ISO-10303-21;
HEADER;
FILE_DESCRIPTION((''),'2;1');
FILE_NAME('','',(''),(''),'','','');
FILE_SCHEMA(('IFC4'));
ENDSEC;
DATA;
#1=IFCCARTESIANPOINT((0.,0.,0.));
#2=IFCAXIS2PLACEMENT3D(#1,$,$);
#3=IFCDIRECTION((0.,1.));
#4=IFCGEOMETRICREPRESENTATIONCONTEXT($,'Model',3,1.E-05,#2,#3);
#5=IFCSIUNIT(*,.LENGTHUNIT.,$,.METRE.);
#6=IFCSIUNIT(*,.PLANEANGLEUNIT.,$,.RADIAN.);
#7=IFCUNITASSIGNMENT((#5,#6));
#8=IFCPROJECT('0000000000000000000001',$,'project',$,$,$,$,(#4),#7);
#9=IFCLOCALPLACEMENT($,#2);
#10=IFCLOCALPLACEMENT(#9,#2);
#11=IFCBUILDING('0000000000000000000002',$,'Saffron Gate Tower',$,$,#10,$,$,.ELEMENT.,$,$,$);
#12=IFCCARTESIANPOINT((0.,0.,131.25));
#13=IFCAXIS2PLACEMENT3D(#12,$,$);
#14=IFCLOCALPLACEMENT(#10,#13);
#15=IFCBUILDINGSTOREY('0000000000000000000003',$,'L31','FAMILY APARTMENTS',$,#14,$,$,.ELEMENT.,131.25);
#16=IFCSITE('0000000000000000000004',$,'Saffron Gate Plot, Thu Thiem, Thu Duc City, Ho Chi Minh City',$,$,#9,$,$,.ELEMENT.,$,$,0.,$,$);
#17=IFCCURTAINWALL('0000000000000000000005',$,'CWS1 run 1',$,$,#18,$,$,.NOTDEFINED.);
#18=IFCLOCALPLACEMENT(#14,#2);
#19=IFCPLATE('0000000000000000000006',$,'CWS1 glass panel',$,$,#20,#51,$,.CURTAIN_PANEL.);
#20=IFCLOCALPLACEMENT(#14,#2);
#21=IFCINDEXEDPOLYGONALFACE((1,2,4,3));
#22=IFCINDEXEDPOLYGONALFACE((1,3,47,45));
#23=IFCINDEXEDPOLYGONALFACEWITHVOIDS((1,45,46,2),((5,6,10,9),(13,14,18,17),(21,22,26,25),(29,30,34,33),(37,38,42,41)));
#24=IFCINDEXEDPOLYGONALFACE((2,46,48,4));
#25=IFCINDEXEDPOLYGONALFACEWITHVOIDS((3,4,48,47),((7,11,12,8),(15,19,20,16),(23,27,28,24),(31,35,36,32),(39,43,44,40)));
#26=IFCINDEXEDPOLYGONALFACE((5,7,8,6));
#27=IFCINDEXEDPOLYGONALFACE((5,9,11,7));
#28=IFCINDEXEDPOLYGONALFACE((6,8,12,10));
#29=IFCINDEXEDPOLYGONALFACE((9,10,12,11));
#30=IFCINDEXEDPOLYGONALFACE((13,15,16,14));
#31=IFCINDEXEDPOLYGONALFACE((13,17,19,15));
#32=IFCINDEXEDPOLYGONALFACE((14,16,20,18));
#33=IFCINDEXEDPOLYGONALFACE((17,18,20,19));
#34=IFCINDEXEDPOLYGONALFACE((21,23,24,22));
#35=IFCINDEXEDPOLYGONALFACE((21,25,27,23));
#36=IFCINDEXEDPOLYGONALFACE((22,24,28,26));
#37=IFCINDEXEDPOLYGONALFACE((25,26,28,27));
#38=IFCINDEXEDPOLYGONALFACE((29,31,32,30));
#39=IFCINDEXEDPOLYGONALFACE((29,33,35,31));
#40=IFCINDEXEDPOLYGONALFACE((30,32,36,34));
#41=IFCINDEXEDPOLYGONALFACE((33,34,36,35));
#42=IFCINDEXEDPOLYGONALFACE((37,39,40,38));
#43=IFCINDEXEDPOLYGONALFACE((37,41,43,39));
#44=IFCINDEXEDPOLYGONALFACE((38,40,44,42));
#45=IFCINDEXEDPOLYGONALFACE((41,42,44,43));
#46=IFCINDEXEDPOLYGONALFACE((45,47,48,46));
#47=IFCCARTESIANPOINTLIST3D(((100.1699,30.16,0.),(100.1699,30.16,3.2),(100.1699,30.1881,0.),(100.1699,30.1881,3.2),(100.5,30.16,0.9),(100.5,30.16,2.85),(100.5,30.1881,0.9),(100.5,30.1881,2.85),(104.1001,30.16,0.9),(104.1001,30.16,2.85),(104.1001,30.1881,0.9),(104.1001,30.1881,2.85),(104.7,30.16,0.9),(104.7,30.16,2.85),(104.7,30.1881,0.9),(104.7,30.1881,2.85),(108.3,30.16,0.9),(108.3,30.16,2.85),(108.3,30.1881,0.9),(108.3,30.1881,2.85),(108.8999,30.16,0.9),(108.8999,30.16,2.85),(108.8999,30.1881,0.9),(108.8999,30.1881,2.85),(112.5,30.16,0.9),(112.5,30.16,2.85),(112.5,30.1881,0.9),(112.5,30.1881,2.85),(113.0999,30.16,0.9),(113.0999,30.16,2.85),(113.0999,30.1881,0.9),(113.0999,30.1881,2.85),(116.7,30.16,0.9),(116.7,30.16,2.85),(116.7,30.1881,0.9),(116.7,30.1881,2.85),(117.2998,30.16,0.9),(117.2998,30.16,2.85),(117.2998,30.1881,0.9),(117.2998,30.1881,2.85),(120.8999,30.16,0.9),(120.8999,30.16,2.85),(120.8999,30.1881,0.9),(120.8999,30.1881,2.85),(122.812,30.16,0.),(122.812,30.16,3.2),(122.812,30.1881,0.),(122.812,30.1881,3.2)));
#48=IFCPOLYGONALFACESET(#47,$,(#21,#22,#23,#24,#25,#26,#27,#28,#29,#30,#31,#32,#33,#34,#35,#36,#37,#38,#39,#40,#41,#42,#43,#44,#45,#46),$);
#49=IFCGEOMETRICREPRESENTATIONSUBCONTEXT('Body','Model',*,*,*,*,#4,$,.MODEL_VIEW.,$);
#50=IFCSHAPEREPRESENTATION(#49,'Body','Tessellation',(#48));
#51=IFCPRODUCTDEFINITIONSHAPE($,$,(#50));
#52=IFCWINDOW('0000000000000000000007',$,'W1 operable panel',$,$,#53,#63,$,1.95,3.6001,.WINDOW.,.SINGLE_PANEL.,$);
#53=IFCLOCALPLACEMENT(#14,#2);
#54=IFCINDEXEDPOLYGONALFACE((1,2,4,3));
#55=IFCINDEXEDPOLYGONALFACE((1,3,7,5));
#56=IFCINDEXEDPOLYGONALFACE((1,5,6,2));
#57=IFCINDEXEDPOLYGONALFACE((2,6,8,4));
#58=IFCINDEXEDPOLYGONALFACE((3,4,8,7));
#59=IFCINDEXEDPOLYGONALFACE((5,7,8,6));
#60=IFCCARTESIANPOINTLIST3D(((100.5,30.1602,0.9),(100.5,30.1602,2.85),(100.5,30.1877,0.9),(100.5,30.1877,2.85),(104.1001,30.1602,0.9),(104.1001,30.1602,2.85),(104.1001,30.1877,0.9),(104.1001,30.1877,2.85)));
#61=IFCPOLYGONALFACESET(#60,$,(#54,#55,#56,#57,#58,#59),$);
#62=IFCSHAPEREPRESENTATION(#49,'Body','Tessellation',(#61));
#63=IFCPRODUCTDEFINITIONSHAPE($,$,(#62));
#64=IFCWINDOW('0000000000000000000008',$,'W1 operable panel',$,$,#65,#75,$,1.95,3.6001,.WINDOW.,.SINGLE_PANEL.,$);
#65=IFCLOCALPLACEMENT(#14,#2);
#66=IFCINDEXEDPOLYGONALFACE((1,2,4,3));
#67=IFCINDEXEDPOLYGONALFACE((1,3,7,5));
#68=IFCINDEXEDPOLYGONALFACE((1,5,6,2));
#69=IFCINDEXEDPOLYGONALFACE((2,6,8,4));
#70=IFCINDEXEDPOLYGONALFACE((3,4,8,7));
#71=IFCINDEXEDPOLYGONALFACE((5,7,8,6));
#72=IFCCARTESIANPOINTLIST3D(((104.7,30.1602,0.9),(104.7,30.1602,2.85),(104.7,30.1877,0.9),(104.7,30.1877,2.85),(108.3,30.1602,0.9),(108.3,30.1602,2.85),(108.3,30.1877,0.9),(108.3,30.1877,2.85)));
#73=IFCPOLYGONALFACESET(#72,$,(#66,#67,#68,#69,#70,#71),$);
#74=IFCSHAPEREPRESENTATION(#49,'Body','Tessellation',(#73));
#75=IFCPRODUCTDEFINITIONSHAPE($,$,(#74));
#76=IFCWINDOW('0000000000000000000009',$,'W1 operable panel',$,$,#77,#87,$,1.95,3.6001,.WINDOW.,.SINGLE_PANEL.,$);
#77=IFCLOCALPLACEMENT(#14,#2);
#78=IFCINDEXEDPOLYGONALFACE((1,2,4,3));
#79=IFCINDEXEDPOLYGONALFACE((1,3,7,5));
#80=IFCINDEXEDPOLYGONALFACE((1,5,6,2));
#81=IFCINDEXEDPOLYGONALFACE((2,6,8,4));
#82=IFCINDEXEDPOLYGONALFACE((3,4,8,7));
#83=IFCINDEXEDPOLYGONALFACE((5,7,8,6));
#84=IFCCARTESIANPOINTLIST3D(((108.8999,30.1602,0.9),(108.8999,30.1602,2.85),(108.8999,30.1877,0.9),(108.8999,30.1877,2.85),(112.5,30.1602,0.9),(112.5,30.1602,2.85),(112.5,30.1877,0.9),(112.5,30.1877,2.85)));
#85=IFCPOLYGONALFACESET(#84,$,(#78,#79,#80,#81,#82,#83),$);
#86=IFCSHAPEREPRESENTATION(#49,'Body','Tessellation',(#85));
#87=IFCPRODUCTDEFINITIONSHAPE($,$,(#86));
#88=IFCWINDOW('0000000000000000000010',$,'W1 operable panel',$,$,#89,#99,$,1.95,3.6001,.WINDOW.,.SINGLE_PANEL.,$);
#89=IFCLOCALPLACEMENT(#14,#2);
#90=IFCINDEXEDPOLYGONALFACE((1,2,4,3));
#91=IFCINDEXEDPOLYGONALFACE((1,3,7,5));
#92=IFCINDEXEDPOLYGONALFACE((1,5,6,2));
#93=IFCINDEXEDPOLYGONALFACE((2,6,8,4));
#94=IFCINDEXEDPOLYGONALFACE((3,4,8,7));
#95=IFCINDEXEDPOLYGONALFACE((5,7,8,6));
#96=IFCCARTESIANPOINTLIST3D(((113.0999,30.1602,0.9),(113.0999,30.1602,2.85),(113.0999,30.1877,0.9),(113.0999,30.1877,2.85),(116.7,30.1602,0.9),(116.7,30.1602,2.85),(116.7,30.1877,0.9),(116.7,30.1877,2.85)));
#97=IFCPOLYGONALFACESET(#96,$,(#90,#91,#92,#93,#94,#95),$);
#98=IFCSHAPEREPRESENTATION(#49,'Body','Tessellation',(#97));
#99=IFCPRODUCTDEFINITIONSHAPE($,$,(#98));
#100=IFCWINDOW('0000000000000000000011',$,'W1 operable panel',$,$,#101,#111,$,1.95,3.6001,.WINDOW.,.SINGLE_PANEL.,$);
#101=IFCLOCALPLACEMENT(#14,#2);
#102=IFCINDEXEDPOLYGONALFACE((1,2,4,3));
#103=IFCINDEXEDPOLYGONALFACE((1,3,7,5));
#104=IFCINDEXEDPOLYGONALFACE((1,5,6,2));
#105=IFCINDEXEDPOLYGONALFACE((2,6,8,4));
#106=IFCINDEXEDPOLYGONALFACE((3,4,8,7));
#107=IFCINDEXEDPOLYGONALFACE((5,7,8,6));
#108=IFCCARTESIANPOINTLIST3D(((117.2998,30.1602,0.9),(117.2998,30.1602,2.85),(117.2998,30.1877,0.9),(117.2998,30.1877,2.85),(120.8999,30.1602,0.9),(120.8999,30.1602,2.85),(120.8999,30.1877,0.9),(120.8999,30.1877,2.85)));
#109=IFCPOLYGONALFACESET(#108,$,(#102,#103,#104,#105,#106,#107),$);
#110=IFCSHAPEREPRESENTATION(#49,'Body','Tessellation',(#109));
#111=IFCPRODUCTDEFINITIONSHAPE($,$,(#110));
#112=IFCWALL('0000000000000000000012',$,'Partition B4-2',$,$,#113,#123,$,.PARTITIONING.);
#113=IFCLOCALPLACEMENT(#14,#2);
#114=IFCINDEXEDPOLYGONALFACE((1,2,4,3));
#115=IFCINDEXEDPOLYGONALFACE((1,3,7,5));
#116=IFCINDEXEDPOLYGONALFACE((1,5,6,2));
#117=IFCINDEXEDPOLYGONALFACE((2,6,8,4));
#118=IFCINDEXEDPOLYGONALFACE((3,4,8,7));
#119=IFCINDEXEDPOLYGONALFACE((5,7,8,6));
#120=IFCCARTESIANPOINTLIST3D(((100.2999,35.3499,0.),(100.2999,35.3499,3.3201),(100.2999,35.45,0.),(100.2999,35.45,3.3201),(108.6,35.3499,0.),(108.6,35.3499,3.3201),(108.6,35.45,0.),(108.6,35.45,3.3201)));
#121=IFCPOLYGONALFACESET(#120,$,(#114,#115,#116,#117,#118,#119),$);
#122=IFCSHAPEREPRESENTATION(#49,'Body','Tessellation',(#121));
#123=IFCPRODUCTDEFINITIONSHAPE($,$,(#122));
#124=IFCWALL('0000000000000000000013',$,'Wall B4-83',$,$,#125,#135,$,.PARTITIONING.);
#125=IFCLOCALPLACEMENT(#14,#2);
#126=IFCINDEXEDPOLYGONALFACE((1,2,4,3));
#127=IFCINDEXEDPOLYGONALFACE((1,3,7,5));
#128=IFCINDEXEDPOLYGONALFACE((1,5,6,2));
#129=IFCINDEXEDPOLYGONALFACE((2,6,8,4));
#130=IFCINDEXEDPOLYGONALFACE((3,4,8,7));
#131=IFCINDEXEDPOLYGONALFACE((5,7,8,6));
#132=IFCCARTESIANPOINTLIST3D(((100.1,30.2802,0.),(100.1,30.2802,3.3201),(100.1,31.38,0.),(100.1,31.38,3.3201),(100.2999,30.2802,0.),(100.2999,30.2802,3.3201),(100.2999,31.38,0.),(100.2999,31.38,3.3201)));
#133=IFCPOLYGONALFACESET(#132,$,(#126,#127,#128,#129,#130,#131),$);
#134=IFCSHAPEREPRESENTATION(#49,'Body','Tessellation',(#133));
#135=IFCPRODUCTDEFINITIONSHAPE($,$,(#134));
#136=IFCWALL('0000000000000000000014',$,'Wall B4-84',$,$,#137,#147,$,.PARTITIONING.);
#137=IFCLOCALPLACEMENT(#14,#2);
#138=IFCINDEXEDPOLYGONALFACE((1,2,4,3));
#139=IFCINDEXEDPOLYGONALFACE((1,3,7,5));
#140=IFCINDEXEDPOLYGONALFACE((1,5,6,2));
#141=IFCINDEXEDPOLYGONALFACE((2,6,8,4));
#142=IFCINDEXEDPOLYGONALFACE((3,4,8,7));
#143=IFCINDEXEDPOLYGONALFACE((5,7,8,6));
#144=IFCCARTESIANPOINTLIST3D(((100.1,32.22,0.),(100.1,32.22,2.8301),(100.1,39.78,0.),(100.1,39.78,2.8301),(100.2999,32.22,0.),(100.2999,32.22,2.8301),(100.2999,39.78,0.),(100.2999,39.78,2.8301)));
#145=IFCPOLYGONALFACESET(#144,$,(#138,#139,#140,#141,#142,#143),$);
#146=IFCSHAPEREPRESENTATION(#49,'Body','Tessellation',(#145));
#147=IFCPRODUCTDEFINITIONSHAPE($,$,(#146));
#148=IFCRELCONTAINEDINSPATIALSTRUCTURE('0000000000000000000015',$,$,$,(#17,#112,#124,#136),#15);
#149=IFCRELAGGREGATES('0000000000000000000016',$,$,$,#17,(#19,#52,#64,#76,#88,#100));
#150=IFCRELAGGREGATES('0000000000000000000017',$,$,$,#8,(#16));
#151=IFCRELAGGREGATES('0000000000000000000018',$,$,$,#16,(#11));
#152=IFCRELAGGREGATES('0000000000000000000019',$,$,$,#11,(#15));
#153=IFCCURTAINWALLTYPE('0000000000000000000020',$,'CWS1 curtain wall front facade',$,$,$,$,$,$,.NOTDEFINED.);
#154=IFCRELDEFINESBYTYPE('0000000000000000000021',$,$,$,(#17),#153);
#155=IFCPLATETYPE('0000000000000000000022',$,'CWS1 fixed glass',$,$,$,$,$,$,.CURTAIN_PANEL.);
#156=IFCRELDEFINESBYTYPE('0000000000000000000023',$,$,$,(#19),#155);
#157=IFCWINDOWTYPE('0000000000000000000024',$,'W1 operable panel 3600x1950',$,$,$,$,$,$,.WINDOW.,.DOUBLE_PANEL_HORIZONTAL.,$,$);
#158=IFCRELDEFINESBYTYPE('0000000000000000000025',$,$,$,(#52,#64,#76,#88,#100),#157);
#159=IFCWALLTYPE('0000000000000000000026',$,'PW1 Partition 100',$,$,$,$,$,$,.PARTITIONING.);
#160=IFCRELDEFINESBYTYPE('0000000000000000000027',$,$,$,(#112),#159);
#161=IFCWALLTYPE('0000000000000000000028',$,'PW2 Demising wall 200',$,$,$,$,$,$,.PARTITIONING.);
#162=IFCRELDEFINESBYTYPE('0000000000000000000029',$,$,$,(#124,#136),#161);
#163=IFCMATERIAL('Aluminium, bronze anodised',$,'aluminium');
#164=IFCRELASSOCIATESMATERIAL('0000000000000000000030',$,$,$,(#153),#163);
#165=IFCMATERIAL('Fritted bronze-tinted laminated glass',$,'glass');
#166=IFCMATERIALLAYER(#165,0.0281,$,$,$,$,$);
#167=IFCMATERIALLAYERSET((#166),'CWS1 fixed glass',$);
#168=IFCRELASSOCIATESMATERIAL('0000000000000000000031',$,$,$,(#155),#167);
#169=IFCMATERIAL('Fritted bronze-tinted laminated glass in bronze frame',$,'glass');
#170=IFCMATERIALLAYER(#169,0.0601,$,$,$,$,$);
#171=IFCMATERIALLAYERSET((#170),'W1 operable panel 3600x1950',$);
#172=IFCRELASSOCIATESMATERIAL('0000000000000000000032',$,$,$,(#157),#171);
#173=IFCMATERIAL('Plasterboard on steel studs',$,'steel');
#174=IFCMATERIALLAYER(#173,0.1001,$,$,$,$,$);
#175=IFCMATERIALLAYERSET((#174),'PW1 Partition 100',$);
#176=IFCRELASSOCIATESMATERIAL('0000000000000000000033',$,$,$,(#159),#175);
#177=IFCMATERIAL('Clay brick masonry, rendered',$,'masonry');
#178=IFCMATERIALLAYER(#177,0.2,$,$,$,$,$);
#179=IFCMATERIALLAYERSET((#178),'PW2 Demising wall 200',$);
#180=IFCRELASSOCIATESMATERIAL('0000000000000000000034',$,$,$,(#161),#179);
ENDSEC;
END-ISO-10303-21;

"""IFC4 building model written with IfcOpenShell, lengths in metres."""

from ifc_helpers import new_model, si_unit, direction, frame, frame_2d, origin, place, context, subcontext, project, spatial, rectangle, extrude, material, layer, layer_set, type_object, element, fill, aggregate, save


model = new_model("IFC4")

# Units and contexts
model_context = context("Model", 3, precision=1e-05, world=origin(), true_north=direction((0.0, 1.0)))
body_context = subcontext(model_context, "Body", "Model", "MODEL_VIEW")
ifc_project = project(units=[si_unit("LENGTHUNIT", "METRE"), si_unit("PLANEANGLEUNIT", "RADIAN")], contexts=[model_context])

# Site, building, storey
site_placement = place(None, origin())
site = spatial("IfcSite", under=ifc_project, at=site_placement, Name="Saffron Gate Plot, Thu Thiem, Thu Duc City, Ho Chi Minh City", CompositionType="ELEMENT", RefElevation=0.0)
building_placement = place(site_placement, origin())
building = spatial("IfcBuilding", under=site, at=building_placement, Name="Saffron Gate Tower", CompositionType="ELEMENT")
storey_placement = place(building_placement, frame((0.0, 0.0, 131.25)))
storey = spatial("IfcBuildingStorey", under=building, at=storey_placement, Name="L31", Description="FAMILY APARTMENTS", CompositionType="ELEMENT", Elevation=131.25)

# Curtain wall, plate, openings, windows
ifc_material_1 = material(Name="Aluminium, bronze anodised", Category="aluminium")
curtain_wall_type = type_object("IfcCurtainWallType", Name="CWS1 curtain wall front facade", PredefinedType="NOTDEFINED", material=ifc_material_1)
curtain_wall_placement = place(storey_placement, origin())
curtain_wall = element("IfcCurtainWall", 1, at=curtain_wall_placement, inside=storey, type_object=curtain_wall_type, Name="CWS1 run 1", PredefinedType="NOTDEFINED")
ifc_material_2 = material(Name="Fritted bronze-tinted laminated glass", Category="glass")
ifc_layer_1 = layer(ifc_material_2, 0.0281)
ifc_layer_set_1 = layer_set([ifc_layer_1], Name="CWS1 fixed glass")
plate_type = type_object("IfcPlateType", Name="CWS1 fixed glass", PredefinedType="CURTAIN_PANEL", material=ifc_layer_set_1)
plate_placement = place(storey_placement, frame((100.1699, 30.1741, 0.0), z_axis=(0.0, 0.0, 1.0), x_axis=(1.0, 0.0, 0.0)))
plate = element("IfcPlate", 2, at=plate_placement, type_object=plate_type, Name="CWS1 glass panel", PredefinedType="CURTAIN_PANEL", context=body_context, shape_type="SweptSolid", body=[
    extrude(rectangle(XDim=22.6421, YDim=0.0281, at=frame_2d((11.321, 0.0))), origin(), (0.0, 0.0, 1.0), 3.2),
])
opening_1_placement = place(plate_placement, frame((0.3301, 0.0, 0.8999)))
opening_1 = element("IfcOpeningElement", 3, at=opening_1_placement, cuts=plate, PredefinedType="OPENING", context=body_context, shape_type="SweptSolid", body=[
    extrude(rectangle(XDim=3.6001, YDim=1.95, at=frame_2d((1.8, 0.9751))), frame((0.0, 0.0239, 0.0), z_axis=(0.0, -1.0, 0.0), x_axis=(1.0, 0.0, 0.0)), (0.0, 0.0, 1.0), 0.0481),
])
opening_2_placement = place(plate_placement, frame((4.53, 0.0, 0.8999)))
opening_2 = element("IfcOpeningElement", 4, at=opening_2_placement, cuts=plate, PredefinedType="OPENING", context=body_context, shape_type="SweptSolid", body=[
    extrude(rectangle(XDim=3.6001, YDim=1.95, at=frame_2d((1.8, 0.9751))), frame((0.0, 0.0239, 0.0), z_axis=(0.0, -1.0, 0.0), x_axis=(1.0, 0.0, 0.0)), (0.0, 0.0, 1.0), 0.0481),
])
opening_3_placement = place(plate_placement, frame((8.73, 0.0, 0.8999)))
opening_3 = element("IfcOpeningElement", 5, at=opening_3_placement, cuts=plate, PredefinedType="OPENING", context=body_context, shape_type="SweptSolid", body=[
    extrude(rectangle(XDim=3.6001, YDim=1.95, at=frame_2d((1.8, 0.9751))), frame((0.0, 0.0239, 0.0), z_axis=(0.0, -1.0, 0.0), x_axis=(1.0, 0.0, 0.0)), (0.0, 0.0, 1.0), 0.0481),
])
opening_4_placement = place(plate_placement, frame((12.9299, 0.0, 0.8999)))
opening_4 = element("IfcOpeningElement", 6, at=opening_4_placement, cuts=plate, PredefinedType="OPENING", context=body_context, shape_type="SweptSolid", body=[
    extrude(rectangle(XDim=3.6001, YDim=1.95, at=frame_2d((1.8, 0.9751))), frame((0.0, 0.0239, 0.0), z_axis=(0.0, -1.0, 0.0), x_axis=(1.0, 0.0, 0.0)), (0.0, 0.0, 1.0), 0.0481),
])
opening_5_placement = place(plate_placement, frame((17.1299, 0.0, 0.8999)))
opening_5 = element("IfcOpeningElement", 7, at=opening_5_placement, cuts=plate, PredefinedType="OPENING", context=body_context, shape_type="SweptSolid", body=[
    extrude(rectangle(XDim=3.6001, YDim=1.95, at=frame_2d((1.8, 0.9751))), frame((0.0, 0.0239, 0.0), z_axis=(0.0, -1.0, 0.0), x_axis=(1.0, 0.0, 0.0)), (0.0, 0.0, 1.0), 0.0481),
])
ifc_material_3 = material(Name="Fritted bronze-tinted laminated glass in bronze frame", Category="glass")
ifc_layer_2 = layer(ifc_material_3, 0.0601)
ifc_layer_set_2 = layer_set([ifc_layer_2], Name="W1 operable panel 3600x1950")
window_type = type_object("IfcWindowType", Name="W1 operable panel 3600x1950", PartitioningType="DOUBLE_PANEL_HORIZONTAL", PredefinedType="WINDOW", material=ifc_layer_set_2)
window_1_placement = place(opening_1_placement, origin())
window_1 = element("IfcWindow", 8, at=window_1_placement, type_object=window_type, Name="W1 operable panel", OverallHeight=1.95, OverallWidth=3.6001, PartitioningType="SINGLE_PANEL", PredefinedType="WINDOW", context=body_context, shape_type="SweptSolid", body=[
    extrude(rectangle(XDim=3.6001, YDim=1.95, at=frame_2d((1.8, 0.9751))), frame((0.0, 0.0137, 0.0), z_axis=(0.0, -1.0, 0.0), x_axis=(1.0, 0.0, 0.0)), (0.0, 0.0, 1.0), 0.0276),
])
fill(opening_1, window_1)
window_2_placement = place(opening_2_placement, origin())
window_2 = element("IfcWindow", 9, at=window_2_placement, type_object=window_type, Name="W1 operable panel", OverallHeight=1.95, OverallWidth=3.6001, PartitioningType="SINGLE_PANEL", PredefinedType="WINDOW", context=body_context, shape_type="SweptSolid", body=[
    extrude(rectangle(XDim=3.6001, YDim=1.95, at=frame_2d((1.8, 0.9751))), frame((0.0, 0.0137, 0.0), z_axis=(0.0, -1.0, 0.0), x_axis=(1.0, 0.0, 0.0)), (0.0, 0.0, 1.0), 0.0276),
])
fill(opening_2, window_2)
window_3_placement = place(opening_3_placement, origin())
window_3 = element("IfcWindow", 10, at=window_3_placement, type_object=window_type, Name="W1 operable panel", OverallHeight=1.95, OverallWidth=3.6001, PartitioningType="SINGLE_PANEL", PredefinedType="WINDOW", context=body_context, shape_type="SweptSolid", body=[
    extrude(rectangle(XDim=3.6001, YDim=1.95, at=frame_2d((1.8, 0.9751))), frame((0.0, 0.0137, 0.0), z_axis=(0.0, -1.0, 0.0), x_axis=(1.0, 0.0, 0.0)), (0.0, 0.0, 1.0), 0.0276),
])
fill(opening_3, window_3)
window_4_placement = place(opening_4_placement, origin())
window_4 = element("IfcWindow", 11, at=window_4_placement, type_object=window_type, Name="W1 operable panel", OverallHeight=1.95, OverallWidth=3.6001, PartitioningType="SINGLE_PANEL", PredefinedType="WINDOW", context=body_context, shape_type="SweptSolid", body=[
    extrude(rectangle(XDim=3.6001, YDim=1.95, at=frame_2d((1.8, 0.9751))), frame((0.0, 0.0137, 0.0), z_axis=(0.0, -1.0, 0.0), x_axis=(1.0, 0.0, 0.0)), (0.0, 0.0, 1.0), 0.0276),
])
fill(opening_4, window_4)
window_5_placement = place(opening_5_placement, origin())
window_5 = element("IfcWindow", 12, at=window_5_placement, type_object=window_type, Name="W1 operable panel", OverallHeight=1.95, OverallWidth=3.6001, PartitioningType="SINGLE_PANEL", PredefinedType="WINDOW", context=body_context, shape_type="SweptSolid", body=[
    extrude(rectangle(XDim=3.6001, YDim=1.95, at=frame_2d((1.8, 0.9751))), frame((0.0, 0.0137, 0.0), z_axis=(0.0, -1.0, 0.0), x_axis=(1.0, 0.0, 0.0)), (0.0, 0.0, 1.0), 0.0276),
])
fill(opening_5, window_5)
aggregate(curtain_wall, [plate, window_1, window_2, window_3, window_4, window_5])

# Walls
ifc_material_4 = material(Name="Plasterboard on steel studs", Category="steel")
ifc_layer_3 = layer(ifc_material_4, 0.1001)
ifc_layer_set_3 = layer_set([ifc_layer_3], Name="PW1 Partition 100")
wall_type_1 = type_object("IfcWallType", Name="PW1 Partition 100", PredefinedType="PARTITIONING", material=ifc_layer_set_3)
wall_1_placement = place(storey_placement, frame((100.3, 35.3999, 0.0), z_axis=(0.0, 0.0, 1.0), x_axis=(1.0, 0.0, 0.0)))
element("IfcWall", 13, at=wall_1_placement, inside=storey, type_object=wall_type_1, Name="Partition B4-2", PredefinedType="PARTITIONING", context=body_context, shape_type="SweptSolid", body=[
    extrude(rectangle(XDim=8.3, YDim=0.1001, at=frame_2d((4.1499, 0.0))), origin(), (0.0, 0.0, 1.0), 3.3201),
])
ifc_material_5 = material(Name="Clay brick masonry, rendered", Category="masonry")
ifc_layer_4 = layer(ifc_material_5, 0.2)
ifc_layer_set_4 = layer_set([ifc_layer_4], Name="PW2 Demising wall 200")
wall_type_2 = type_object("IfcWallType", Name="PW2 Demising wall 200", PredefinedType="PARTITIONING", material=ifc_layer_set_4)
wall_2_placement = place(storey_placement, frame((100.2, 31.3799, 0.0), z_axis=(0.0, 0.0, 1.0), x_axis=(0.0, -1.0, 0.0)))
element("IfcWall", 14, at=wall_2_placement, inside=storey, type_object=wall_type_2, Name="Wall B4-83", PredefinedType="PARTITIONING", context=body_context, shape_type="SweptSolid", body=[
    extrude(rectangle(XDim=1.0999, YDim=0.2, at=frame_2d((0.5498, 0.0))), origin(), (0.0, 0.0, 1.0), 3.3201),
])
wall_3_placement = place(storey_placement, frame((100.2, 39.78, 0.0), z_axis=(0.0, 0.0, 1.0), x_axis=(0.0, -1.0, 0.0)))
element("IfcWall", 15, at=wall_3_placement, inside=storey, type_object=wall_type_2, Name="Wall B4-84", PredefinedType="PARTITIONING", context=body_context, shape_type="SweptSolid", body=[
    extrude(rectangle(XDim=7.5601, YDim=0.2, at=frame_2d((3.78, 0.0))), origin(), (0.0, 0.0, 1.0), 2.8301),
])

save(model, "model.ifc")
